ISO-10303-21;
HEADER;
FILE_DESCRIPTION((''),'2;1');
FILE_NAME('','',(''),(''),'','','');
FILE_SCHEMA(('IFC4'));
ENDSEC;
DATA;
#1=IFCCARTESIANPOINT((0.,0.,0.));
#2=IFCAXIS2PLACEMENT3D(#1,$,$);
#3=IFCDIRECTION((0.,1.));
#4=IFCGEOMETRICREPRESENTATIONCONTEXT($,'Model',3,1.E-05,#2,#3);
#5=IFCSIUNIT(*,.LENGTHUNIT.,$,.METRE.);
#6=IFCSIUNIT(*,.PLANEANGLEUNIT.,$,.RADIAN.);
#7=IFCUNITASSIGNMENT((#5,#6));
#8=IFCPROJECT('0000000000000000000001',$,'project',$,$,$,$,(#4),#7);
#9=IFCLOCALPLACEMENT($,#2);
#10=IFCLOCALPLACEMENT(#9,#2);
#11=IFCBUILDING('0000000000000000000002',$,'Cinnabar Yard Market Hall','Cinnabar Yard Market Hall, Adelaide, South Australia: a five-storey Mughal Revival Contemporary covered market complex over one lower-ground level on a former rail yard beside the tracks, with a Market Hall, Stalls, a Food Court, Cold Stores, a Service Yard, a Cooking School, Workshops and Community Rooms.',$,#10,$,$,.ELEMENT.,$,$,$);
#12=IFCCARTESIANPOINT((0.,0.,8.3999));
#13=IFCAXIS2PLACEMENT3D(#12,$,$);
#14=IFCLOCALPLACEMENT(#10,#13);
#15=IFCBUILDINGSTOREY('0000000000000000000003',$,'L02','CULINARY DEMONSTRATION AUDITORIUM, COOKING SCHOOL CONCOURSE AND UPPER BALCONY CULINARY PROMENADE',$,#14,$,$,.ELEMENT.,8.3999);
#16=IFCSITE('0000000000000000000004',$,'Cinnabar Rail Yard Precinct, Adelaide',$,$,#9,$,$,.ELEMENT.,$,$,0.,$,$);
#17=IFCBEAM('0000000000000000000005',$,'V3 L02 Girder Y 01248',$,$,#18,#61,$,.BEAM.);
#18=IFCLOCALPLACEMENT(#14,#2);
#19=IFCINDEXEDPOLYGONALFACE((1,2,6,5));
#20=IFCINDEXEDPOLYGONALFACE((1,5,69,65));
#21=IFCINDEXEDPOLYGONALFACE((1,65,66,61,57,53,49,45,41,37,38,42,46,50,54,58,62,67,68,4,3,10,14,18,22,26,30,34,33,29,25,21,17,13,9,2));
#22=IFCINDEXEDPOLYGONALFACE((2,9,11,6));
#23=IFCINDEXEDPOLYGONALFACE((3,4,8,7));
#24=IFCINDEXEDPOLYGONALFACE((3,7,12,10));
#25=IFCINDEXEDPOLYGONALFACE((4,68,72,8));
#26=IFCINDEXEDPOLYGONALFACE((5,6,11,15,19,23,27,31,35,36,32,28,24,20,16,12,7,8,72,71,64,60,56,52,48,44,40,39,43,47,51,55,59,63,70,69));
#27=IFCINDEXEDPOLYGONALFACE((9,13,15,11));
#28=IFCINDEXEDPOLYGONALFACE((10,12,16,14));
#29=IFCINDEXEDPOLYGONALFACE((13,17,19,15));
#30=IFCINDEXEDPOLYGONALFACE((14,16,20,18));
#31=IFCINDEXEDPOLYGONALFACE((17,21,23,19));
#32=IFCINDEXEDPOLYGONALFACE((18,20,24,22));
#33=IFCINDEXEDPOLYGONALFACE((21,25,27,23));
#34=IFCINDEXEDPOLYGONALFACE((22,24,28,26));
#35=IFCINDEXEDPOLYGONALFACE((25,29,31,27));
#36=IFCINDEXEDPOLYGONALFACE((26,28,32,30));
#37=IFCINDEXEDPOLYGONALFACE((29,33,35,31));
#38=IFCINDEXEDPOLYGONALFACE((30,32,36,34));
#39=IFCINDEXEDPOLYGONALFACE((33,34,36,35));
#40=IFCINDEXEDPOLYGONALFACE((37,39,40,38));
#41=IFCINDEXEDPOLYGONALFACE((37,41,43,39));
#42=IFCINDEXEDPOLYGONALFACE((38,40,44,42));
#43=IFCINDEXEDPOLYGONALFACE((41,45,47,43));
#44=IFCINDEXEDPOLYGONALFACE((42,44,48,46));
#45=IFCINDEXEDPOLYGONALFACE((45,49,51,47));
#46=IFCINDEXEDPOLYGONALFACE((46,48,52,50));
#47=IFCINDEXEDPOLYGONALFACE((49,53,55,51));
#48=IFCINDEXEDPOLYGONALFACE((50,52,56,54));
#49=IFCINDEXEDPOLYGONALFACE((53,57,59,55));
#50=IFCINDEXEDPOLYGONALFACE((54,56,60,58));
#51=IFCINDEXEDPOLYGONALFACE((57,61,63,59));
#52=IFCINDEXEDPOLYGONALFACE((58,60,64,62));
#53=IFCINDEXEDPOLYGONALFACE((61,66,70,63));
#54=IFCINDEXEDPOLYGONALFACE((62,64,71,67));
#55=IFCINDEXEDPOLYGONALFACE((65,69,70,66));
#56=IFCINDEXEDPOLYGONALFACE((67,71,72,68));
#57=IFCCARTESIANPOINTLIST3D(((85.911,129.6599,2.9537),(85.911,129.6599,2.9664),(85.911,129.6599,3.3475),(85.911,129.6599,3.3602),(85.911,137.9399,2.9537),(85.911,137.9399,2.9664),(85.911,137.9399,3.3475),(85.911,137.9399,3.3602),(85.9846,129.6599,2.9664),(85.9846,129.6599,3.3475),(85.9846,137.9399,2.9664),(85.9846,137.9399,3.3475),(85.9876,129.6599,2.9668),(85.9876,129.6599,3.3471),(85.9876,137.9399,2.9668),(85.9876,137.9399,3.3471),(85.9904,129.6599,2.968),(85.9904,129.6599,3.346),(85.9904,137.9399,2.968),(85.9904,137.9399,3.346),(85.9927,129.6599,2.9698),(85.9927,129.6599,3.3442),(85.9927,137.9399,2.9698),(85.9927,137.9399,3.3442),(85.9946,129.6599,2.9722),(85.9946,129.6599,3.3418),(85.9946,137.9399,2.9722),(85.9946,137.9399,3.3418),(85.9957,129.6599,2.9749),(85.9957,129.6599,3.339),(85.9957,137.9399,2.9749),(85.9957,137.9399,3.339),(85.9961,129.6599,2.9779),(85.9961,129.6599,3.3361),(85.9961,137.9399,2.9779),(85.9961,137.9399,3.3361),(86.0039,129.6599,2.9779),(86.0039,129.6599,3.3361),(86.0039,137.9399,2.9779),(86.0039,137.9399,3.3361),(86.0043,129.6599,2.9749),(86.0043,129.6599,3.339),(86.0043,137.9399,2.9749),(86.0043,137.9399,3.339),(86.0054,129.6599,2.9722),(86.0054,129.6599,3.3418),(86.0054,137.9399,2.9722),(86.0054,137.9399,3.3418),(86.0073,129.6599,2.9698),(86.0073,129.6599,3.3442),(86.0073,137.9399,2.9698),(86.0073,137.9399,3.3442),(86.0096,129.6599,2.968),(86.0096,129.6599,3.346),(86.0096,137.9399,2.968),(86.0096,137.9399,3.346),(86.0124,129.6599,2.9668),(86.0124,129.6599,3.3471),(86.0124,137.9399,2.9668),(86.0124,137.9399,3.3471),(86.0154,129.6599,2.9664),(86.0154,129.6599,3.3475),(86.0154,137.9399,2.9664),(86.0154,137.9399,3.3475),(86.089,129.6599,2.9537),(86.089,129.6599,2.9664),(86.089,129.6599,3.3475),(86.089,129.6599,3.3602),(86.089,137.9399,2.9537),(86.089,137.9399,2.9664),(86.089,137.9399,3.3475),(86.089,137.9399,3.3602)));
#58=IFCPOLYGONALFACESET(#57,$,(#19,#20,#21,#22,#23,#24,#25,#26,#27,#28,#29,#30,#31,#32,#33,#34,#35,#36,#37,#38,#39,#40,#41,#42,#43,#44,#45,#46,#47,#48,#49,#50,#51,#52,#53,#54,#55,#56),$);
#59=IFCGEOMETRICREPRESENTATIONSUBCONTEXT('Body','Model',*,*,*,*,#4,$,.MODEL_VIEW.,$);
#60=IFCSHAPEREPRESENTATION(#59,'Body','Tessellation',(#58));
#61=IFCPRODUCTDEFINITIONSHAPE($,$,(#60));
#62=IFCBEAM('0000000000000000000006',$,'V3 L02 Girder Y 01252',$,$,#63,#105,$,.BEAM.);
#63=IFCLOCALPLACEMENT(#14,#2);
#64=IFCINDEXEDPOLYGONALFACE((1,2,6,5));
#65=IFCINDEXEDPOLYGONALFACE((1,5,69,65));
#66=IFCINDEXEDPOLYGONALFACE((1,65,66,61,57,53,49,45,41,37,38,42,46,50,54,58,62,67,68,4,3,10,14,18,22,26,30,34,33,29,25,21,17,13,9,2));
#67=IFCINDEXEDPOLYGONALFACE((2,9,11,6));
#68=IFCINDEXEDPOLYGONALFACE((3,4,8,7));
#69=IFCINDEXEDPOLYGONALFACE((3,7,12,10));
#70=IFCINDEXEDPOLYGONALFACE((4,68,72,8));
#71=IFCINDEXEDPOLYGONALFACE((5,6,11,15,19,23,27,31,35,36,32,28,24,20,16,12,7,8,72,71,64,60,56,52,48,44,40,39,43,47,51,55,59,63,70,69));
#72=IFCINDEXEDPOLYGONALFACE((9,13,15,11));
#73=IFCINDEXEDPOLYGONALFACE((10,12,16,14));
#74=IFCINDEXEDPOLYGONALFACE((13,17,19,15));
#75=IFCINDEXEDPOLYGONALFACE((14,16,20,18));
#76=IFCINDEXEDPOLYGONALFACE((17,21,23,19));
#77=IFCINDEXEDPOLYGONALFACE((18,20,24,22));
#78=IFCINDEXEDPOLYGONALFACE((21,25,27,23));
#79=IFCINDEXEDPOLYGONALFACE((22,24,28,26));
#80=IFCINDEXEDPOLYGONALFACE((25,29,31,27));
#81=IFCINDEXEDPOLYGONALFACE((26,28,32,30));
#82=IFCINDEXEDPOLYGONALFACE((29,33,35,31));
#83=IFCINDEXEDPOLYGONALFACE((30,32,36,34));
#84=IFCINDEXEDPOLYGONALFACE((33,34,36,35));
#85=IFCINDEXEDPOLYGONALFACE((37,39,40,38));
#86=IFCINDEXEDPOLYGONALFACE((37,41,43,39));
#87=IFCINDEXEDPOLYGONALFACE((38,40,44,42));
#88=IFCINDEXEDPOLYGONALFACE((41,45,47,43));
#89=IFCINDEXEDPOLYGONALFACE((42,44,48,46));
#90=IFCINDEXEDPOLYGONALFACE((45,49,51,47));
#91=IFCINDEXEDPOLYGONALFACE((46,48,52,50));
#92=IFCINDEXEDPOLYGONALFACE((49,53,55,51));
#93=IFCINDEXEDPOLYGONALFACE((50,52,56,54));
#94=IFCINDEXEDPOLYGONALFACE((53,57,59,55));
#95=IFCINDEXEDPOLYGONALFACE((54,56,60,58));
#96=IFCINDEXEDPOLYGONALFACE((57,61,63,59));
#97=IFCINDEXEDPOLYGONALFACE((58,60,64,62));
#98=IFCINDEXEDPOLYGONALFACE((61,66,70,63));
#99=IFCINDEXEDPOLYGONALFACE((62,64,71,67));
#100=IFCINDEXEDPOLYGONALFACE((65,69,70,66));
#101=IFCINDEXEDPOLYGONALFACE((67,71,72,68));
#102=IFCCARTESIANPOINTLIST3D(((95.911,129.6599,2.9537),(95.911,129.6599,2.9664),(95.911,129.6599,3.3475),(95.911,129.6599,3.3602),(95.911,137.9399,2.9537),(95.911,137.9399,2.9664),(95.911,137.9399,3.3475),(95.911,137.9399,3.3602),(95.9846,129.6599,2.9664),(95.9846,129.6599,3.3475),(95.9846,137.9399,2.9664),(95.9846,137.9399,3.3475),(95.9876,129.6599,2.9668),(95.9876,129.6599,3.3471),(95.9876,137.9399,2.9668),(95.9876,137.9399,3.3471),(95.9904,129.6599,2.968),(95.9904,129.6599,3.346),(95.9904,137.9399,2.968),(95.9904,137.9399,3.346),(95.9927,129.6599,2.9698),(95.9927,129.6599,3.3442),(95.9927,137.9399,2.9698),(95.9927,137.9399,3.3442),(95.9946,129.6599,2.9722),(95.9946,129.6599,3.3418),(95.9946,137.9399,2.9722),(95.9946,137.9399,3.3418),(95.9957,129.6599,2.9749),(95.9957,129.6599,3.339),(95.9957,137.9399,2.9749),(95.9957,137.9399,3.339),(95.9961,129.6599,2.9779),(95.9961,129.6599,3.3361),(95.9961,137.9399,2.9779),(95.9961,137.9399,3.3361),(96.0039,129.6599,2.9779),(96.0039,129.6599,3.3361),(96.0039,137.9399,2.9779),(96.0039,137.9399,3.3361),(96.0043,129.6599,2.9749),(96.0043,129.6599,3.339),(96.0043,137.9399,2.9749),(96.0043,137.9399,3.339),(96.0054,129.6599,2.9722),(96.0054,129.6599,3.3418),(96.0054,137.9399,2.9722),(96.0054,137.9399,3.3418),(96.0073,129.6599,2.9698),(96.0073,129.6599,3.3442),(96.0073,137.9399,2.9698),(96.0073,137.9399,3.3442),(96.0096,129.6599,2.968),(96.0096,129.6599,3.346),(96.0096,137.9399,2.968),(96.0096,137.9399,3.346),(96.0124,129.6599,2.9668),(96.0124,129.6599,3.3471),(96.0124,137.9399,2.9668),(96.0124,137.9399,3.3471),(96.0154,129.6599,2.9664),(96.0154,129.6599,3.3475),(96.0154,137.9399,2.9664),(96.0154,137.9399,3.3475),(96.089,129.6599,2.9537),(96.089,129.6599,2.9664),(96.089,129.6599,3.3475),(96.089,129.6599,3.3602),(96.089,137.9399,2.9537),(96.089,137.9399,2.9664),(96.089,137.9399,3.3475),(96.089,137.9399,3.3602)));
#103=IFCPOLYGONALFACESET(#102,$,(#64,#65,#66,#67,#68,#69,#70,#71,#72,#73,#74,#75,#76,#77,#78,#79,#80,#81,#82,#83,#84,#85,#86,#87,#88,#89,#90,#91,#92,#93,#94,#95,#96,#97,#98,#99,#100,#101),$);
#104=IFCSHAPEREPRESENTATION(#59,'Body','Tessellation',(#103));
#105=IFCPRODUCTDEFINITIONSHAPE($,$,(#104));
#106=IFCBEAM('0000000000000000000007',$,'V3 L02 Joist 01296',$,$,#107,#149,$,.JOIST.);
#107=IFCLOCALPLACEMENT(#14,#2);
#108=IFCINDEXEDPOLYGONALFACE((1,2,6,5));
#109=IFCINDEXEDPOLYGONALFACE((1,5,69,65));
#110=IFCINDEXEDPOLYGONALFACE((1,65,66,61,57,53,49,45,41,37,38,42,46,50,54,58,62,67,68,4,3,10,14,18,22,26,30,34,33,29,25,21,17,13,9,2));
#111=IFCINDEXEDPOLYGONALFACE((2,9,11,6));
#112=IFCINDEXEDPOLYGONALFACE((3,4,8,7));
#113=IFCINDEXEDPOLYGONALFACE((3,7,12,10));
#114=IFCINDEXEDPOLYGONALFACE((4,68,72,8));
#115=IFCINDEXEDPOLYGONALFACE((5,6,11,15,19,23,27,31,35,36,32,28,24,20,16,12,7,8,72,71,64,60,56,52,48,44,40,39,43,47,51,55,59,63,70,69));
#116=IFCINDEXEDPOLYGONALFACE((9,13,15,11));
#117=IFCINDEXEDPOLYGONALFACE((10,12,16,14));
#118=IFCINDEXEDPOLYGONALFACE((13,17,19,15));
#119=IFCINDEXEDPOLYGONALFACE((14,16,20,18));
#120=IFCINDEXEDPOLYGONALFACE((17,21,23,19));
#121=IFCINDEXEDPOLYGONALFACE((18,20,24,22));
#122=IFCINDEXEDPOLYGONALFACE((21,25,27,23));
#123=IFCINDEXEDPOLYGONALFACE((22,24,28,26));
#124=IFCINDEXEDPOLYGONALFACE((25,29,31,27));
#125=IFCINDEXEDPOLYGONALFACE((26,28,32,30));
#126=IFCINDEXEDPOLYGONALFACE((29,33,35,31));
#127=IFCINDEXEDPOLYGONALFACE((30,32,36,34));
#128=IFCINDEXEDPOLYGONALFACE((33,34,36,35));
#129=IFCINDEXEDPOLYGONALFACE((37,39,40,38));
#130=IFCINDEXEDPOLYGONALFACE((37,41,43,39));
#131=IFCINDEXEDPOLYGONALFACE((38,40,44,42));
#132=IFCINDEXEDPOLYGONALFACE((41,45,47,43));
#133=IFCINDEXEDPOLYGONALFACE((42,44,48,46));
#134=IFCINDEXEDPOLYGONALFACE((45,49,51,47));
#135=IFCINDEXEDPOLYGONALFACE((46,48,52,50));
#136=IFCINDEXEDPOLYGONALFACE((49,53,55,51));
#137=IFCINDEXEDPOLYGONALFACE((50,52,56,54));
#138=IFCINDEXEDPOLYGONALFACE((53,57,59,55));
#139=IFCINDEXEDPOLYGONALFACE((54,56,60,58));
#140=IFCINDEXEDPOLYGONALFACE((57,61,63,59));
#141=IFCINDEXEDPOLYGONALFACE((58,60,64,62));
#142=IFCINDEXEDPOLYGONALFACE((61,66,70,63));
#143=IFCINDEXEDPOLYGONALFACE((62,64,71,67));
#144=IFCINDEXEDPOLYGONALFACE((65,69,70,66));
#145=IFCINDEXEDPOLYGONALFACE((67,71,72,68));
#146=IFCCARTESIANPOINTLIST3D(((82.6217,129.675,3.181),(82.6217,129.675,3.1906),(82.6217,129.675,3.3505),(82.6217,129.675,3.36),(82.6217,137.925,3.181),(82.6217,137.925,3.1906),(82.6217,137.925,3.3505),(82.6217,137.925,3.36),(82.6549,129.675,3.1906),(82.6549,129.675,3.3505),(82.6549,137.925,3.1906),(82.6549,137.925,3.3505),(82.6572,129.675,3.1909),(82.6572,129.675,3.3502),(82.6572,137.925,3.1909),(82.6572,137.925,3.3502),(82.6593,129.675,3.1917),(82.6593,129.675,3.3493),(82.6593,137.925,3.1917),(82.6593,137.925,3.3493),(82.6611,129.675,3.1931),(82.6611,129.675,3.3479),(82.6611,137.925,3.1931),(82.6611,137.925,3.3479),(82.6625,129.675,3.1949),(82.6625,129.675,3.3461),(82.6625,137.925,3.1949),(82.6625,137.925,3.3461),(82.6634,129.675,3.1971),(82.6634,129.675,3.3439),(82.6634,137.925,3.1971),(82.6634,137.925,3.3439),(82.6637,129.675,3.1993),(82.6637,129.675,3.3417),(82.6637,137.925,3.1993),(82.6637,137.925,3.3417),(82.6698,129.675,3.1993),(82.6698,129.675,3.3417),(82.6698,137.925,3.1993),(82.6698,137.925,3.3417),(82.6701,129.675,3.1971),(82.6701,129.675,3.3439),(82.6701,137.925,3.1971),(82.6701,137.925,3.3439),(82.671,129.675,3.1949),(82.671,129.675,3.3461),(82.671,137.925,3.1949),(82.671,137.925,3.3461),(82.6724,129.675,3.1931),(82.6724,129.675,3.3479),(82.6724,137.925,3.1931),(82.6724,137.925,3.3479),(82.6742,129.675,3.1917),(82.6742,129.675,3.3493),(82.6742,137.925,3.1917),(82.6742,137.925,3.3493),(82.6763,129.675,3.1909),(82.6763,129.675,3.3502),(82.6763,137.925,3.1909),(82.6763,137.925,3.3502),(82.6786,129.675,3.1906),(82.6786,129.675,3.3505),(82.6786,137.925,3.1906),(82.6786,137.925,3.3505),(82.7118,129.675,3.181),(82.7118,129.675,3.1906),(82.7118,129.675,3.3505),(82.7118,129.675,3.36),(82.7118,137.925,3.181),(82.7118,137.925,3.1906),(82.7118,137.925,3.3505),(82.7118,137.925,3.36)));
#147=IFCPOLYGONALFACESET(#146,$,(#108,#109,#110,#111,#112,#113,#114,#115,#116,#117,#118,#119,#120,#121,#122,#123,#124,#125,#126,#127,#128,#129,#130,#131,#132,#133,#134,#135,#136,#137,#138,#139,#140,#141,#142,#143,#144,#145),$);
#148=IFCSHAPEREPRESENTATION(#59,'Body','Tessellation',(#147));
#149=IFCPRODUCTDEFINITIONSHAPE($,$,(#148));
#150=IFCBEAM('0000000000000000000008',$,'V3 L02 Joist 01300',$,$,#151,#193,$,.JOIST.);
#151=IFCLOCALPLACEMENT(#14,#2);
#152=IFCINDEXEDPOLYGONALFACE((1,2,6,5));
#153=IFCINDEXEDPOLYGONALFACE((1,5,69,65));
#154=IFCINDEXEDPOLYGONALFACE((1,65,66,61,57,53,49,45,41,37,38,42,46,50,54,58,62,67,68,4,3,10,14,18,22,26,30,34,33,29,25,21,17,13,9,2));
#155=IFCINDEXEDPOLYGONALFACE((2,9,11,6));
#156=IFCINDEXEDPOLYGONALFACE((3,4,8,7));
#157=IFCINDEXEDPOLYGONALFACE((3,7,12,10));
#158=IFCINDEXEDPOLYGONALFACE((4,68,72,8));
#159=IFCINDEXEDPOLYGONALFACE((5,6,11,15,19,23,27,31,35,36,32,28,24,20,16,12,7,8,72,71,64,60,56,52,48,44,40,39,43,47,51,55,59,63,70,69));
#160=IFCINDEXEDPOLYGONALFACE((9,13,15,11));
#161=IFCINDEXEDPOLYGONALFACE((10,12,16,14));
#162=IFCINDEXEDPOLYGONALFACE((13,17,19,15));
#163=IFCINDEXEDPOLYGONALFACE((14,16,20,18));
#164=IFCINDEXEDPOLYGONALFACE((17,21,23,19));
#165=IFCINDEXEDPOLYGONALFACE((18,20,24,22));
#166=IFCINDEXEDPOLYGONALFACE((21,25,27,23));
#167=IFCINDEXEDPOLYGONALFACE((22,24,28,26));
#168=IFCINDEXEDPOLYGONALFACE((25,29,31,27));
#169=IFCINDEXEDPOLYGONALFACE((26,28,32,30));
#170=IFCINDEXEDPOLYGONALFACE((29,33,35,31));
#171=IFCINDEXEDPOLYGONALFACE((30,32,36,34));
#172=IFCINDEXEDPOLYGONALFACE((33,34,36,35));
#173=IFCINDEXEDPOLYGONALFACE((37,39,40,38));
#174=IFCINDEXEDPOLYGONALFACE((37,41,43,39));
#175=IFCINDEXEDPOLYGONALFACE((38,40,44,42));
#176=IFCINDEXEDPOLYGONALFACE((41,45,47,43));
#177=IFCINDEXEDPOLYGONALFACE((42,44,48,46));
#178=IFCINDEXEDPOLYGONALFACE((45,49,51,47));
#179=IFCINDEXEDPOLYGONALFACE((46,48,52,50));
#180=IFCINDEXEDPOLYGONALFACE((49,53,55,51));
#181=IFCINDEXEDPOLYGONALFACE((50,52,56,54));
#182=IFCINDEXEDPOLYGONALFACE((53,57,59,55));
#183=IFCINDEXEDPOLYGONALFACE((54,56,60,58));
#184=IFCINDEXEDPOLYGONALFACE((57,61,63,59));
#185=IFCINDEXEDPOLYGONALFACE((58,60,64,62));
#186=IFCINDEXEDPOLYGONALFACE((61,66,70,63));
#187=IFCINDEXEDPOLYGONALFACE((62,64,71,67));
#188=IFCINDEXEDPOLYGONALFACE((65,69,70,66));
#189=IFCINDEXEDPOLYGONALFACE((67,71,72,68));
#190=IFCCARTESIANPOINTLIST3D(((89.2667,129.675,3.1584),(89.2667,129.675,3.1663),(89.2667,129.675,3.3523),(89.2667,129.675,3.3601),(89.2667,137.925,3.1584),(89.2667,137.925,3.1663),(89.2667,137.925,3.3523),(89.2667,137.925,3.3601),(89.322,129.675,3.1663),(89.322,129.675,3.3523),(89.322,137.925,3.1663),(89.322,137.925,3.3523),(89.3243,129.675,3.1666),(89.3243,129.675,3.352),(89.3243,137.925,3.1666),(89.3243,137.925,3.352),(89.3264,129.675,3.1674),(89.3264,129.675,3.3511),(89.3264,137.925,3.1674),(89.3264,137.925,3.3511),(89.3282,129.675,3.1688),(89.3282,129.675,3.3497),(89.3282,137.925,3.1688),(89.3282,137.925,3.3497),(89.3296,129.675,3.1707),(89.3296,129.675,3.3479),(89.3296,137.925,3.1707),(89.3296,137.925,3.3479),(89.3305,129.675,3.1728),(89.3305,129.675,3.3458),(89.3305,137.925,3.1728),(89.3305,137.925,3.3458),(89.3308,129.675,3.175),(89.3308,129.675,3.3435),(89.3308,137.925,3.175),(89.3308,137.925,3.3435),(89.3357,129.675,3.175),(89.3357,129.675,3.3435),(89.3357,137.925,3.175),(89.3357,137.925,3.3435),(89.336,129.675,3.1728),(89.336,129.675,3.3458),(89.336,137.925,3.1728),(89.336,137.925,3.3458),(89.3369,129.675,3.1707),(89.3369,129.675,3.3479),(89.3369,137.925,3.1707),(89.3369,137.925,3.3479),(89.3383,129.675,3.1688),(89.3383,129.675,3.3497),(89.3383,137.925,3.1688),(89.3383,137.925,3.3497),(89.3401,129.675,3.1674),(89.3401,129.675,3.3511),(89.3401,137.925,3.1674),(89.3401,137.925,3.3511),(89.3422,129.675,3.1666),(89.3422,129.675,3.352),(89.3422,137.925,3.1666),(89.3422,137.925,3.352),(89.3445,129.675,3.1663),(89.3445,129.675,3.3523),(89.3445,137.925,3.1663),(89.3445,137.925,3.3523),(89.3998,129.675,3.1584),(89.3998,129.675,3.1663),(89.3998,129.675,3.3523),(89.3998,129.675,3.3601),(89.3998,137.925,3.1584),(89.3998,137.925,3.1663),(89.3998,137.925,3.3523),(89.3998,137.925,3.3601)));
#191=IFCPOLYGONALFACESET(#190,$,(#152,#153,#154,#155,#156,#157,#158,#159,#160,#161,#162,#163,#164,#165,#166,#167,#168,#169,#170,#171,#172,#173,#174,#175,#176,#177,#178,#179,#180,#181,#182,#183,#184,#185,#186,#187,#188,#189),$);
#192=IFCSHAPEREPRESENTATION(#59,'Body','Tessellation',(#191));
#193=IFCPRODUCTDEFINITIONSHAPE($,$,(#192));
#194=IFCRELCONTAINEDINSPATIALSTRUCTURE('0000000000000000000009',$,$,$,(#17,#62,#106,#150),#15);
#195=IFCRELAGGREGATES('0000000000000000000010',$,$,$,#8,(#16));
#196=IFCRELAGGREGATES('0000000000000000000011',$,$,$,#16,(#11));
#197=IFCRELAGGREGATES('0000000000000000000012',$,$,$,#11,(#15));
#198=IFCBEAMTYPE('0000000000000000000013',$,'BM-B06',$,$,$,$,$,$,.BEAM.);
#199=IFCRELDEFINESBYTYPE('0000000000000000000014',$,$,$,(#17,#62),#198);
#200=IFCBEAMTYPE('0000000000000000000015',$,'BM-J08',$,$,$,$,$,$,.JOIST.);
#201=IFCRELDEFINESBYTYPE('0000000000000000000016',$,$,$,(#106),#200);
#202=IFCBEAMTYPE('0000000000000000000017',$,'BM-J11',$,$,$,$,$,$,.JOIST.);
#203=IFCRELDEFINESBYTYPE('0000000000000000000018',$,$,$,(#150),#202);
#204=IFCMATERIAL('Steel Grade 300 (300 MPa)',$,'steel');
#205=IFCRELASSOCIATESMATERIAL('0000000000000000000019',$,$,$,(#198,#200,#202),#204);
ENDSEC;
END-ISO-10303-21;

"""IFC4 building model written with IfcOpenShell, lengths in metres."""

from ifc_helpers import new_model, si_unit, direction, frame, origin, origin_2d_with_axis, place, context, subcontext, project, spatial, i_section, extrude, material, material_profile, profile_set, type_object, element, save


model = new_model("IFC4")

# Units and contexts
model_context = context("Model", 3, precision=1e-05, world=origin(), true_north=direction((0.0, 1.0)))
body_context = subcontext(model_context, "Body", "Model", "MODEL_VIEW")
ifc_project = project(units=[si_unit("LENGTHUNIT", "METRE"), si_unit("PLANEANGLEUNIT", "RADIAN")], contexts=[model_context])

# Site, building, storey
site_placement = place(None, origin())
site = spatial("IfcSite", under=ifc_project, at=site_placement, Name="Cinnabar Rail Yard Precinct, Adelaide", CompositionType="ELEMENT", RefElevation=0.0)
building_placement = place(site_placement, origin())
building = spatial("IfcBuilding", under=site, at=building_placement, Name="Cinnabar Yard Market Hall", Description="Cinnabar Yard Market Hall, Adelaide, South Australia: a five-storey Mughal Revival Contemporary covered market complex over one lower-ground level on a former rail yard beside the tracks, with a Market Hall, Stalls, a Food Court, Cold Stores, a Service Yard, a Cooking School, Workshops and Community Rooms.", CompositionType="ELEMENT")
storey_placement = place(building_placement, frame((0.0, 0.0, 8.3999)))
storey = spatial("IfcBuildingStorey", under=building, at=storey_placement, Name="L02", Description="CULINARY DEMONSTRATION AUDITORIUM, COOKING SCHOOL CONCOURSE AND UPPER BALCONY CULINARY PROMENADE", CompositionType="ELEMENT", Elevation=8.3999)

# Shared definitions
ifc_material_1 = material(Name="Steel Grade 300 (300 MPa)", Category="steel")

# Beams
ifc_material_profile_1 = material_profile(ifc_material_1, i_section(OverallWidth=0.178, OverallDepth=0.4065, WebThickness=0.0078, FlangeThickness=0.0127, FilletRadius=0.0115, at=origin_2d_with_axis()), Name="410UB59.7")
ifc_profile_set_1 = profile_set([ifc_material_profile_1], Name="Steel Grade 300 (300 MPa)")
beam_type_1 = type_object("IfcBeamType", Name="BM-B06", PredefinedType="BEAM", material=ifc_profile_set_1)
for number, where, z_axis, x_axis, name in (
    (1, (86.0, 129.6599, 3.157), (0.0, 1.0, 0.0), (-1.0, 0.0, 0.0), "V3 L02 Girder Y 01248"),
    (2, (96.0, 129.6599, 3.157), (0.0, 1.0, 0.0), (-1.0, 0.0, 0.0), "V3 L02 Girder Y 01252"),
):
    element("IfcBeam", number, at=place(storey_placement, frame(where, z_axis=z_axis, x_axis=x_axis)), inside=storey, type_object=beam_type_1, Name=name, PredefinedType="BEAM", context=body_context, shape_type="SweptSolid", body=[
        extrude(i_section(OverallWidth=0.178, OverallDepth=0.4065, WebThickness=0.0078, FlangeThickness=0.0127, FilletRadius=0.0115, at=origin_2d_with_axis()), origin(), (0.0, 0.0, 1.0), 8.28),
    ])
ifc_material_profile_2 = material_profile(ifc_material_1, i_section(OverallWidth=0.0901, OverallDepth=0.179, WebThickness=0.0061, FlangeThickness=0.0095, FilletRadius=0.0088, at=origin_2d_with_axis()), Name="180UB22.2")
ifc_profile_set_2 = profile_set([ifc_material_profile_2], Name="Steel Grade 300 (300 MPa)")
beam_type_2 = type_object("IfcBeamType", Name="BM-J08", PredefinedType="JOIST", material=ifc_profile_set_2)
beam_1_placement = place(storey_placement, frame((82.6667, 129.675, 3.2705), z_axis=(0.0, 1.0, 0.0), x_axis=(-1.0, 0.0, 0.0)))
element("IfcBeam", 3, at=beam_1_placement, inside=storey, type_object=beam_type_2, Name="V3 L02 Joist 01296", PredefinedType="JOIST", context=body_context, shape_type="SweptSolid", body=[
    extrude(i_section(OverallWidth=0.0901, OverallDepth=0.179, WebThickness=0.0061, FlangeThickness=0.0095, FilletRadius=0.0088, at=origin_2d_with_axis()), origin(), (0.0, 0.0, 1.0), 8.25),
])
ifc_material_profile_3 = material_profile(ifc_material_1, i_section(OverallWidth=0.1331, OverallDepth=0.2017, WebThickness=0.0049, FlangeThickness=0.0078, FilletRadius=0.0088, at=origin_2d_with_axis()), Name="200UB22.3")
ifc_profile_set_3 = profile_set([ifc_material_profile_3], Name="Steel Grade 300 (300 MPa)")
beam_type_3 = type_object("IfcBeamType", Name="BM-J11", PredefinedType="JOIST", material=ifc_profile_set_3)
for number, where, z_axis, x_axis, name in (
    (4, (89.3333, 129.675, 3.2593), (0.0, 1.0, 0.0), (-1.0, 0.0, 0.0), "V3 L02 Joist 01300"),
):
    element("IfcBeam", number, at=place(storey_placement, frame(where, z_axis=z_axis, x_axis=x_axis)), inside=storey, type_object=beam_type_3, Name=name, PredefinedType="JOIST", context=body_context, shape_type="SweptSolid", body=[
        extrude(i_section(OverallWidth=0.1331, OverallDepth=0.2017, WebThickness=0.0049, FlangeThickness=0.0078, FilletRadius=0.0088, at=origin_2d_with_axis()), origin(), (0.0, 0.0, 1.0), 8.25),
    ])

save(model, "model.ifc")
